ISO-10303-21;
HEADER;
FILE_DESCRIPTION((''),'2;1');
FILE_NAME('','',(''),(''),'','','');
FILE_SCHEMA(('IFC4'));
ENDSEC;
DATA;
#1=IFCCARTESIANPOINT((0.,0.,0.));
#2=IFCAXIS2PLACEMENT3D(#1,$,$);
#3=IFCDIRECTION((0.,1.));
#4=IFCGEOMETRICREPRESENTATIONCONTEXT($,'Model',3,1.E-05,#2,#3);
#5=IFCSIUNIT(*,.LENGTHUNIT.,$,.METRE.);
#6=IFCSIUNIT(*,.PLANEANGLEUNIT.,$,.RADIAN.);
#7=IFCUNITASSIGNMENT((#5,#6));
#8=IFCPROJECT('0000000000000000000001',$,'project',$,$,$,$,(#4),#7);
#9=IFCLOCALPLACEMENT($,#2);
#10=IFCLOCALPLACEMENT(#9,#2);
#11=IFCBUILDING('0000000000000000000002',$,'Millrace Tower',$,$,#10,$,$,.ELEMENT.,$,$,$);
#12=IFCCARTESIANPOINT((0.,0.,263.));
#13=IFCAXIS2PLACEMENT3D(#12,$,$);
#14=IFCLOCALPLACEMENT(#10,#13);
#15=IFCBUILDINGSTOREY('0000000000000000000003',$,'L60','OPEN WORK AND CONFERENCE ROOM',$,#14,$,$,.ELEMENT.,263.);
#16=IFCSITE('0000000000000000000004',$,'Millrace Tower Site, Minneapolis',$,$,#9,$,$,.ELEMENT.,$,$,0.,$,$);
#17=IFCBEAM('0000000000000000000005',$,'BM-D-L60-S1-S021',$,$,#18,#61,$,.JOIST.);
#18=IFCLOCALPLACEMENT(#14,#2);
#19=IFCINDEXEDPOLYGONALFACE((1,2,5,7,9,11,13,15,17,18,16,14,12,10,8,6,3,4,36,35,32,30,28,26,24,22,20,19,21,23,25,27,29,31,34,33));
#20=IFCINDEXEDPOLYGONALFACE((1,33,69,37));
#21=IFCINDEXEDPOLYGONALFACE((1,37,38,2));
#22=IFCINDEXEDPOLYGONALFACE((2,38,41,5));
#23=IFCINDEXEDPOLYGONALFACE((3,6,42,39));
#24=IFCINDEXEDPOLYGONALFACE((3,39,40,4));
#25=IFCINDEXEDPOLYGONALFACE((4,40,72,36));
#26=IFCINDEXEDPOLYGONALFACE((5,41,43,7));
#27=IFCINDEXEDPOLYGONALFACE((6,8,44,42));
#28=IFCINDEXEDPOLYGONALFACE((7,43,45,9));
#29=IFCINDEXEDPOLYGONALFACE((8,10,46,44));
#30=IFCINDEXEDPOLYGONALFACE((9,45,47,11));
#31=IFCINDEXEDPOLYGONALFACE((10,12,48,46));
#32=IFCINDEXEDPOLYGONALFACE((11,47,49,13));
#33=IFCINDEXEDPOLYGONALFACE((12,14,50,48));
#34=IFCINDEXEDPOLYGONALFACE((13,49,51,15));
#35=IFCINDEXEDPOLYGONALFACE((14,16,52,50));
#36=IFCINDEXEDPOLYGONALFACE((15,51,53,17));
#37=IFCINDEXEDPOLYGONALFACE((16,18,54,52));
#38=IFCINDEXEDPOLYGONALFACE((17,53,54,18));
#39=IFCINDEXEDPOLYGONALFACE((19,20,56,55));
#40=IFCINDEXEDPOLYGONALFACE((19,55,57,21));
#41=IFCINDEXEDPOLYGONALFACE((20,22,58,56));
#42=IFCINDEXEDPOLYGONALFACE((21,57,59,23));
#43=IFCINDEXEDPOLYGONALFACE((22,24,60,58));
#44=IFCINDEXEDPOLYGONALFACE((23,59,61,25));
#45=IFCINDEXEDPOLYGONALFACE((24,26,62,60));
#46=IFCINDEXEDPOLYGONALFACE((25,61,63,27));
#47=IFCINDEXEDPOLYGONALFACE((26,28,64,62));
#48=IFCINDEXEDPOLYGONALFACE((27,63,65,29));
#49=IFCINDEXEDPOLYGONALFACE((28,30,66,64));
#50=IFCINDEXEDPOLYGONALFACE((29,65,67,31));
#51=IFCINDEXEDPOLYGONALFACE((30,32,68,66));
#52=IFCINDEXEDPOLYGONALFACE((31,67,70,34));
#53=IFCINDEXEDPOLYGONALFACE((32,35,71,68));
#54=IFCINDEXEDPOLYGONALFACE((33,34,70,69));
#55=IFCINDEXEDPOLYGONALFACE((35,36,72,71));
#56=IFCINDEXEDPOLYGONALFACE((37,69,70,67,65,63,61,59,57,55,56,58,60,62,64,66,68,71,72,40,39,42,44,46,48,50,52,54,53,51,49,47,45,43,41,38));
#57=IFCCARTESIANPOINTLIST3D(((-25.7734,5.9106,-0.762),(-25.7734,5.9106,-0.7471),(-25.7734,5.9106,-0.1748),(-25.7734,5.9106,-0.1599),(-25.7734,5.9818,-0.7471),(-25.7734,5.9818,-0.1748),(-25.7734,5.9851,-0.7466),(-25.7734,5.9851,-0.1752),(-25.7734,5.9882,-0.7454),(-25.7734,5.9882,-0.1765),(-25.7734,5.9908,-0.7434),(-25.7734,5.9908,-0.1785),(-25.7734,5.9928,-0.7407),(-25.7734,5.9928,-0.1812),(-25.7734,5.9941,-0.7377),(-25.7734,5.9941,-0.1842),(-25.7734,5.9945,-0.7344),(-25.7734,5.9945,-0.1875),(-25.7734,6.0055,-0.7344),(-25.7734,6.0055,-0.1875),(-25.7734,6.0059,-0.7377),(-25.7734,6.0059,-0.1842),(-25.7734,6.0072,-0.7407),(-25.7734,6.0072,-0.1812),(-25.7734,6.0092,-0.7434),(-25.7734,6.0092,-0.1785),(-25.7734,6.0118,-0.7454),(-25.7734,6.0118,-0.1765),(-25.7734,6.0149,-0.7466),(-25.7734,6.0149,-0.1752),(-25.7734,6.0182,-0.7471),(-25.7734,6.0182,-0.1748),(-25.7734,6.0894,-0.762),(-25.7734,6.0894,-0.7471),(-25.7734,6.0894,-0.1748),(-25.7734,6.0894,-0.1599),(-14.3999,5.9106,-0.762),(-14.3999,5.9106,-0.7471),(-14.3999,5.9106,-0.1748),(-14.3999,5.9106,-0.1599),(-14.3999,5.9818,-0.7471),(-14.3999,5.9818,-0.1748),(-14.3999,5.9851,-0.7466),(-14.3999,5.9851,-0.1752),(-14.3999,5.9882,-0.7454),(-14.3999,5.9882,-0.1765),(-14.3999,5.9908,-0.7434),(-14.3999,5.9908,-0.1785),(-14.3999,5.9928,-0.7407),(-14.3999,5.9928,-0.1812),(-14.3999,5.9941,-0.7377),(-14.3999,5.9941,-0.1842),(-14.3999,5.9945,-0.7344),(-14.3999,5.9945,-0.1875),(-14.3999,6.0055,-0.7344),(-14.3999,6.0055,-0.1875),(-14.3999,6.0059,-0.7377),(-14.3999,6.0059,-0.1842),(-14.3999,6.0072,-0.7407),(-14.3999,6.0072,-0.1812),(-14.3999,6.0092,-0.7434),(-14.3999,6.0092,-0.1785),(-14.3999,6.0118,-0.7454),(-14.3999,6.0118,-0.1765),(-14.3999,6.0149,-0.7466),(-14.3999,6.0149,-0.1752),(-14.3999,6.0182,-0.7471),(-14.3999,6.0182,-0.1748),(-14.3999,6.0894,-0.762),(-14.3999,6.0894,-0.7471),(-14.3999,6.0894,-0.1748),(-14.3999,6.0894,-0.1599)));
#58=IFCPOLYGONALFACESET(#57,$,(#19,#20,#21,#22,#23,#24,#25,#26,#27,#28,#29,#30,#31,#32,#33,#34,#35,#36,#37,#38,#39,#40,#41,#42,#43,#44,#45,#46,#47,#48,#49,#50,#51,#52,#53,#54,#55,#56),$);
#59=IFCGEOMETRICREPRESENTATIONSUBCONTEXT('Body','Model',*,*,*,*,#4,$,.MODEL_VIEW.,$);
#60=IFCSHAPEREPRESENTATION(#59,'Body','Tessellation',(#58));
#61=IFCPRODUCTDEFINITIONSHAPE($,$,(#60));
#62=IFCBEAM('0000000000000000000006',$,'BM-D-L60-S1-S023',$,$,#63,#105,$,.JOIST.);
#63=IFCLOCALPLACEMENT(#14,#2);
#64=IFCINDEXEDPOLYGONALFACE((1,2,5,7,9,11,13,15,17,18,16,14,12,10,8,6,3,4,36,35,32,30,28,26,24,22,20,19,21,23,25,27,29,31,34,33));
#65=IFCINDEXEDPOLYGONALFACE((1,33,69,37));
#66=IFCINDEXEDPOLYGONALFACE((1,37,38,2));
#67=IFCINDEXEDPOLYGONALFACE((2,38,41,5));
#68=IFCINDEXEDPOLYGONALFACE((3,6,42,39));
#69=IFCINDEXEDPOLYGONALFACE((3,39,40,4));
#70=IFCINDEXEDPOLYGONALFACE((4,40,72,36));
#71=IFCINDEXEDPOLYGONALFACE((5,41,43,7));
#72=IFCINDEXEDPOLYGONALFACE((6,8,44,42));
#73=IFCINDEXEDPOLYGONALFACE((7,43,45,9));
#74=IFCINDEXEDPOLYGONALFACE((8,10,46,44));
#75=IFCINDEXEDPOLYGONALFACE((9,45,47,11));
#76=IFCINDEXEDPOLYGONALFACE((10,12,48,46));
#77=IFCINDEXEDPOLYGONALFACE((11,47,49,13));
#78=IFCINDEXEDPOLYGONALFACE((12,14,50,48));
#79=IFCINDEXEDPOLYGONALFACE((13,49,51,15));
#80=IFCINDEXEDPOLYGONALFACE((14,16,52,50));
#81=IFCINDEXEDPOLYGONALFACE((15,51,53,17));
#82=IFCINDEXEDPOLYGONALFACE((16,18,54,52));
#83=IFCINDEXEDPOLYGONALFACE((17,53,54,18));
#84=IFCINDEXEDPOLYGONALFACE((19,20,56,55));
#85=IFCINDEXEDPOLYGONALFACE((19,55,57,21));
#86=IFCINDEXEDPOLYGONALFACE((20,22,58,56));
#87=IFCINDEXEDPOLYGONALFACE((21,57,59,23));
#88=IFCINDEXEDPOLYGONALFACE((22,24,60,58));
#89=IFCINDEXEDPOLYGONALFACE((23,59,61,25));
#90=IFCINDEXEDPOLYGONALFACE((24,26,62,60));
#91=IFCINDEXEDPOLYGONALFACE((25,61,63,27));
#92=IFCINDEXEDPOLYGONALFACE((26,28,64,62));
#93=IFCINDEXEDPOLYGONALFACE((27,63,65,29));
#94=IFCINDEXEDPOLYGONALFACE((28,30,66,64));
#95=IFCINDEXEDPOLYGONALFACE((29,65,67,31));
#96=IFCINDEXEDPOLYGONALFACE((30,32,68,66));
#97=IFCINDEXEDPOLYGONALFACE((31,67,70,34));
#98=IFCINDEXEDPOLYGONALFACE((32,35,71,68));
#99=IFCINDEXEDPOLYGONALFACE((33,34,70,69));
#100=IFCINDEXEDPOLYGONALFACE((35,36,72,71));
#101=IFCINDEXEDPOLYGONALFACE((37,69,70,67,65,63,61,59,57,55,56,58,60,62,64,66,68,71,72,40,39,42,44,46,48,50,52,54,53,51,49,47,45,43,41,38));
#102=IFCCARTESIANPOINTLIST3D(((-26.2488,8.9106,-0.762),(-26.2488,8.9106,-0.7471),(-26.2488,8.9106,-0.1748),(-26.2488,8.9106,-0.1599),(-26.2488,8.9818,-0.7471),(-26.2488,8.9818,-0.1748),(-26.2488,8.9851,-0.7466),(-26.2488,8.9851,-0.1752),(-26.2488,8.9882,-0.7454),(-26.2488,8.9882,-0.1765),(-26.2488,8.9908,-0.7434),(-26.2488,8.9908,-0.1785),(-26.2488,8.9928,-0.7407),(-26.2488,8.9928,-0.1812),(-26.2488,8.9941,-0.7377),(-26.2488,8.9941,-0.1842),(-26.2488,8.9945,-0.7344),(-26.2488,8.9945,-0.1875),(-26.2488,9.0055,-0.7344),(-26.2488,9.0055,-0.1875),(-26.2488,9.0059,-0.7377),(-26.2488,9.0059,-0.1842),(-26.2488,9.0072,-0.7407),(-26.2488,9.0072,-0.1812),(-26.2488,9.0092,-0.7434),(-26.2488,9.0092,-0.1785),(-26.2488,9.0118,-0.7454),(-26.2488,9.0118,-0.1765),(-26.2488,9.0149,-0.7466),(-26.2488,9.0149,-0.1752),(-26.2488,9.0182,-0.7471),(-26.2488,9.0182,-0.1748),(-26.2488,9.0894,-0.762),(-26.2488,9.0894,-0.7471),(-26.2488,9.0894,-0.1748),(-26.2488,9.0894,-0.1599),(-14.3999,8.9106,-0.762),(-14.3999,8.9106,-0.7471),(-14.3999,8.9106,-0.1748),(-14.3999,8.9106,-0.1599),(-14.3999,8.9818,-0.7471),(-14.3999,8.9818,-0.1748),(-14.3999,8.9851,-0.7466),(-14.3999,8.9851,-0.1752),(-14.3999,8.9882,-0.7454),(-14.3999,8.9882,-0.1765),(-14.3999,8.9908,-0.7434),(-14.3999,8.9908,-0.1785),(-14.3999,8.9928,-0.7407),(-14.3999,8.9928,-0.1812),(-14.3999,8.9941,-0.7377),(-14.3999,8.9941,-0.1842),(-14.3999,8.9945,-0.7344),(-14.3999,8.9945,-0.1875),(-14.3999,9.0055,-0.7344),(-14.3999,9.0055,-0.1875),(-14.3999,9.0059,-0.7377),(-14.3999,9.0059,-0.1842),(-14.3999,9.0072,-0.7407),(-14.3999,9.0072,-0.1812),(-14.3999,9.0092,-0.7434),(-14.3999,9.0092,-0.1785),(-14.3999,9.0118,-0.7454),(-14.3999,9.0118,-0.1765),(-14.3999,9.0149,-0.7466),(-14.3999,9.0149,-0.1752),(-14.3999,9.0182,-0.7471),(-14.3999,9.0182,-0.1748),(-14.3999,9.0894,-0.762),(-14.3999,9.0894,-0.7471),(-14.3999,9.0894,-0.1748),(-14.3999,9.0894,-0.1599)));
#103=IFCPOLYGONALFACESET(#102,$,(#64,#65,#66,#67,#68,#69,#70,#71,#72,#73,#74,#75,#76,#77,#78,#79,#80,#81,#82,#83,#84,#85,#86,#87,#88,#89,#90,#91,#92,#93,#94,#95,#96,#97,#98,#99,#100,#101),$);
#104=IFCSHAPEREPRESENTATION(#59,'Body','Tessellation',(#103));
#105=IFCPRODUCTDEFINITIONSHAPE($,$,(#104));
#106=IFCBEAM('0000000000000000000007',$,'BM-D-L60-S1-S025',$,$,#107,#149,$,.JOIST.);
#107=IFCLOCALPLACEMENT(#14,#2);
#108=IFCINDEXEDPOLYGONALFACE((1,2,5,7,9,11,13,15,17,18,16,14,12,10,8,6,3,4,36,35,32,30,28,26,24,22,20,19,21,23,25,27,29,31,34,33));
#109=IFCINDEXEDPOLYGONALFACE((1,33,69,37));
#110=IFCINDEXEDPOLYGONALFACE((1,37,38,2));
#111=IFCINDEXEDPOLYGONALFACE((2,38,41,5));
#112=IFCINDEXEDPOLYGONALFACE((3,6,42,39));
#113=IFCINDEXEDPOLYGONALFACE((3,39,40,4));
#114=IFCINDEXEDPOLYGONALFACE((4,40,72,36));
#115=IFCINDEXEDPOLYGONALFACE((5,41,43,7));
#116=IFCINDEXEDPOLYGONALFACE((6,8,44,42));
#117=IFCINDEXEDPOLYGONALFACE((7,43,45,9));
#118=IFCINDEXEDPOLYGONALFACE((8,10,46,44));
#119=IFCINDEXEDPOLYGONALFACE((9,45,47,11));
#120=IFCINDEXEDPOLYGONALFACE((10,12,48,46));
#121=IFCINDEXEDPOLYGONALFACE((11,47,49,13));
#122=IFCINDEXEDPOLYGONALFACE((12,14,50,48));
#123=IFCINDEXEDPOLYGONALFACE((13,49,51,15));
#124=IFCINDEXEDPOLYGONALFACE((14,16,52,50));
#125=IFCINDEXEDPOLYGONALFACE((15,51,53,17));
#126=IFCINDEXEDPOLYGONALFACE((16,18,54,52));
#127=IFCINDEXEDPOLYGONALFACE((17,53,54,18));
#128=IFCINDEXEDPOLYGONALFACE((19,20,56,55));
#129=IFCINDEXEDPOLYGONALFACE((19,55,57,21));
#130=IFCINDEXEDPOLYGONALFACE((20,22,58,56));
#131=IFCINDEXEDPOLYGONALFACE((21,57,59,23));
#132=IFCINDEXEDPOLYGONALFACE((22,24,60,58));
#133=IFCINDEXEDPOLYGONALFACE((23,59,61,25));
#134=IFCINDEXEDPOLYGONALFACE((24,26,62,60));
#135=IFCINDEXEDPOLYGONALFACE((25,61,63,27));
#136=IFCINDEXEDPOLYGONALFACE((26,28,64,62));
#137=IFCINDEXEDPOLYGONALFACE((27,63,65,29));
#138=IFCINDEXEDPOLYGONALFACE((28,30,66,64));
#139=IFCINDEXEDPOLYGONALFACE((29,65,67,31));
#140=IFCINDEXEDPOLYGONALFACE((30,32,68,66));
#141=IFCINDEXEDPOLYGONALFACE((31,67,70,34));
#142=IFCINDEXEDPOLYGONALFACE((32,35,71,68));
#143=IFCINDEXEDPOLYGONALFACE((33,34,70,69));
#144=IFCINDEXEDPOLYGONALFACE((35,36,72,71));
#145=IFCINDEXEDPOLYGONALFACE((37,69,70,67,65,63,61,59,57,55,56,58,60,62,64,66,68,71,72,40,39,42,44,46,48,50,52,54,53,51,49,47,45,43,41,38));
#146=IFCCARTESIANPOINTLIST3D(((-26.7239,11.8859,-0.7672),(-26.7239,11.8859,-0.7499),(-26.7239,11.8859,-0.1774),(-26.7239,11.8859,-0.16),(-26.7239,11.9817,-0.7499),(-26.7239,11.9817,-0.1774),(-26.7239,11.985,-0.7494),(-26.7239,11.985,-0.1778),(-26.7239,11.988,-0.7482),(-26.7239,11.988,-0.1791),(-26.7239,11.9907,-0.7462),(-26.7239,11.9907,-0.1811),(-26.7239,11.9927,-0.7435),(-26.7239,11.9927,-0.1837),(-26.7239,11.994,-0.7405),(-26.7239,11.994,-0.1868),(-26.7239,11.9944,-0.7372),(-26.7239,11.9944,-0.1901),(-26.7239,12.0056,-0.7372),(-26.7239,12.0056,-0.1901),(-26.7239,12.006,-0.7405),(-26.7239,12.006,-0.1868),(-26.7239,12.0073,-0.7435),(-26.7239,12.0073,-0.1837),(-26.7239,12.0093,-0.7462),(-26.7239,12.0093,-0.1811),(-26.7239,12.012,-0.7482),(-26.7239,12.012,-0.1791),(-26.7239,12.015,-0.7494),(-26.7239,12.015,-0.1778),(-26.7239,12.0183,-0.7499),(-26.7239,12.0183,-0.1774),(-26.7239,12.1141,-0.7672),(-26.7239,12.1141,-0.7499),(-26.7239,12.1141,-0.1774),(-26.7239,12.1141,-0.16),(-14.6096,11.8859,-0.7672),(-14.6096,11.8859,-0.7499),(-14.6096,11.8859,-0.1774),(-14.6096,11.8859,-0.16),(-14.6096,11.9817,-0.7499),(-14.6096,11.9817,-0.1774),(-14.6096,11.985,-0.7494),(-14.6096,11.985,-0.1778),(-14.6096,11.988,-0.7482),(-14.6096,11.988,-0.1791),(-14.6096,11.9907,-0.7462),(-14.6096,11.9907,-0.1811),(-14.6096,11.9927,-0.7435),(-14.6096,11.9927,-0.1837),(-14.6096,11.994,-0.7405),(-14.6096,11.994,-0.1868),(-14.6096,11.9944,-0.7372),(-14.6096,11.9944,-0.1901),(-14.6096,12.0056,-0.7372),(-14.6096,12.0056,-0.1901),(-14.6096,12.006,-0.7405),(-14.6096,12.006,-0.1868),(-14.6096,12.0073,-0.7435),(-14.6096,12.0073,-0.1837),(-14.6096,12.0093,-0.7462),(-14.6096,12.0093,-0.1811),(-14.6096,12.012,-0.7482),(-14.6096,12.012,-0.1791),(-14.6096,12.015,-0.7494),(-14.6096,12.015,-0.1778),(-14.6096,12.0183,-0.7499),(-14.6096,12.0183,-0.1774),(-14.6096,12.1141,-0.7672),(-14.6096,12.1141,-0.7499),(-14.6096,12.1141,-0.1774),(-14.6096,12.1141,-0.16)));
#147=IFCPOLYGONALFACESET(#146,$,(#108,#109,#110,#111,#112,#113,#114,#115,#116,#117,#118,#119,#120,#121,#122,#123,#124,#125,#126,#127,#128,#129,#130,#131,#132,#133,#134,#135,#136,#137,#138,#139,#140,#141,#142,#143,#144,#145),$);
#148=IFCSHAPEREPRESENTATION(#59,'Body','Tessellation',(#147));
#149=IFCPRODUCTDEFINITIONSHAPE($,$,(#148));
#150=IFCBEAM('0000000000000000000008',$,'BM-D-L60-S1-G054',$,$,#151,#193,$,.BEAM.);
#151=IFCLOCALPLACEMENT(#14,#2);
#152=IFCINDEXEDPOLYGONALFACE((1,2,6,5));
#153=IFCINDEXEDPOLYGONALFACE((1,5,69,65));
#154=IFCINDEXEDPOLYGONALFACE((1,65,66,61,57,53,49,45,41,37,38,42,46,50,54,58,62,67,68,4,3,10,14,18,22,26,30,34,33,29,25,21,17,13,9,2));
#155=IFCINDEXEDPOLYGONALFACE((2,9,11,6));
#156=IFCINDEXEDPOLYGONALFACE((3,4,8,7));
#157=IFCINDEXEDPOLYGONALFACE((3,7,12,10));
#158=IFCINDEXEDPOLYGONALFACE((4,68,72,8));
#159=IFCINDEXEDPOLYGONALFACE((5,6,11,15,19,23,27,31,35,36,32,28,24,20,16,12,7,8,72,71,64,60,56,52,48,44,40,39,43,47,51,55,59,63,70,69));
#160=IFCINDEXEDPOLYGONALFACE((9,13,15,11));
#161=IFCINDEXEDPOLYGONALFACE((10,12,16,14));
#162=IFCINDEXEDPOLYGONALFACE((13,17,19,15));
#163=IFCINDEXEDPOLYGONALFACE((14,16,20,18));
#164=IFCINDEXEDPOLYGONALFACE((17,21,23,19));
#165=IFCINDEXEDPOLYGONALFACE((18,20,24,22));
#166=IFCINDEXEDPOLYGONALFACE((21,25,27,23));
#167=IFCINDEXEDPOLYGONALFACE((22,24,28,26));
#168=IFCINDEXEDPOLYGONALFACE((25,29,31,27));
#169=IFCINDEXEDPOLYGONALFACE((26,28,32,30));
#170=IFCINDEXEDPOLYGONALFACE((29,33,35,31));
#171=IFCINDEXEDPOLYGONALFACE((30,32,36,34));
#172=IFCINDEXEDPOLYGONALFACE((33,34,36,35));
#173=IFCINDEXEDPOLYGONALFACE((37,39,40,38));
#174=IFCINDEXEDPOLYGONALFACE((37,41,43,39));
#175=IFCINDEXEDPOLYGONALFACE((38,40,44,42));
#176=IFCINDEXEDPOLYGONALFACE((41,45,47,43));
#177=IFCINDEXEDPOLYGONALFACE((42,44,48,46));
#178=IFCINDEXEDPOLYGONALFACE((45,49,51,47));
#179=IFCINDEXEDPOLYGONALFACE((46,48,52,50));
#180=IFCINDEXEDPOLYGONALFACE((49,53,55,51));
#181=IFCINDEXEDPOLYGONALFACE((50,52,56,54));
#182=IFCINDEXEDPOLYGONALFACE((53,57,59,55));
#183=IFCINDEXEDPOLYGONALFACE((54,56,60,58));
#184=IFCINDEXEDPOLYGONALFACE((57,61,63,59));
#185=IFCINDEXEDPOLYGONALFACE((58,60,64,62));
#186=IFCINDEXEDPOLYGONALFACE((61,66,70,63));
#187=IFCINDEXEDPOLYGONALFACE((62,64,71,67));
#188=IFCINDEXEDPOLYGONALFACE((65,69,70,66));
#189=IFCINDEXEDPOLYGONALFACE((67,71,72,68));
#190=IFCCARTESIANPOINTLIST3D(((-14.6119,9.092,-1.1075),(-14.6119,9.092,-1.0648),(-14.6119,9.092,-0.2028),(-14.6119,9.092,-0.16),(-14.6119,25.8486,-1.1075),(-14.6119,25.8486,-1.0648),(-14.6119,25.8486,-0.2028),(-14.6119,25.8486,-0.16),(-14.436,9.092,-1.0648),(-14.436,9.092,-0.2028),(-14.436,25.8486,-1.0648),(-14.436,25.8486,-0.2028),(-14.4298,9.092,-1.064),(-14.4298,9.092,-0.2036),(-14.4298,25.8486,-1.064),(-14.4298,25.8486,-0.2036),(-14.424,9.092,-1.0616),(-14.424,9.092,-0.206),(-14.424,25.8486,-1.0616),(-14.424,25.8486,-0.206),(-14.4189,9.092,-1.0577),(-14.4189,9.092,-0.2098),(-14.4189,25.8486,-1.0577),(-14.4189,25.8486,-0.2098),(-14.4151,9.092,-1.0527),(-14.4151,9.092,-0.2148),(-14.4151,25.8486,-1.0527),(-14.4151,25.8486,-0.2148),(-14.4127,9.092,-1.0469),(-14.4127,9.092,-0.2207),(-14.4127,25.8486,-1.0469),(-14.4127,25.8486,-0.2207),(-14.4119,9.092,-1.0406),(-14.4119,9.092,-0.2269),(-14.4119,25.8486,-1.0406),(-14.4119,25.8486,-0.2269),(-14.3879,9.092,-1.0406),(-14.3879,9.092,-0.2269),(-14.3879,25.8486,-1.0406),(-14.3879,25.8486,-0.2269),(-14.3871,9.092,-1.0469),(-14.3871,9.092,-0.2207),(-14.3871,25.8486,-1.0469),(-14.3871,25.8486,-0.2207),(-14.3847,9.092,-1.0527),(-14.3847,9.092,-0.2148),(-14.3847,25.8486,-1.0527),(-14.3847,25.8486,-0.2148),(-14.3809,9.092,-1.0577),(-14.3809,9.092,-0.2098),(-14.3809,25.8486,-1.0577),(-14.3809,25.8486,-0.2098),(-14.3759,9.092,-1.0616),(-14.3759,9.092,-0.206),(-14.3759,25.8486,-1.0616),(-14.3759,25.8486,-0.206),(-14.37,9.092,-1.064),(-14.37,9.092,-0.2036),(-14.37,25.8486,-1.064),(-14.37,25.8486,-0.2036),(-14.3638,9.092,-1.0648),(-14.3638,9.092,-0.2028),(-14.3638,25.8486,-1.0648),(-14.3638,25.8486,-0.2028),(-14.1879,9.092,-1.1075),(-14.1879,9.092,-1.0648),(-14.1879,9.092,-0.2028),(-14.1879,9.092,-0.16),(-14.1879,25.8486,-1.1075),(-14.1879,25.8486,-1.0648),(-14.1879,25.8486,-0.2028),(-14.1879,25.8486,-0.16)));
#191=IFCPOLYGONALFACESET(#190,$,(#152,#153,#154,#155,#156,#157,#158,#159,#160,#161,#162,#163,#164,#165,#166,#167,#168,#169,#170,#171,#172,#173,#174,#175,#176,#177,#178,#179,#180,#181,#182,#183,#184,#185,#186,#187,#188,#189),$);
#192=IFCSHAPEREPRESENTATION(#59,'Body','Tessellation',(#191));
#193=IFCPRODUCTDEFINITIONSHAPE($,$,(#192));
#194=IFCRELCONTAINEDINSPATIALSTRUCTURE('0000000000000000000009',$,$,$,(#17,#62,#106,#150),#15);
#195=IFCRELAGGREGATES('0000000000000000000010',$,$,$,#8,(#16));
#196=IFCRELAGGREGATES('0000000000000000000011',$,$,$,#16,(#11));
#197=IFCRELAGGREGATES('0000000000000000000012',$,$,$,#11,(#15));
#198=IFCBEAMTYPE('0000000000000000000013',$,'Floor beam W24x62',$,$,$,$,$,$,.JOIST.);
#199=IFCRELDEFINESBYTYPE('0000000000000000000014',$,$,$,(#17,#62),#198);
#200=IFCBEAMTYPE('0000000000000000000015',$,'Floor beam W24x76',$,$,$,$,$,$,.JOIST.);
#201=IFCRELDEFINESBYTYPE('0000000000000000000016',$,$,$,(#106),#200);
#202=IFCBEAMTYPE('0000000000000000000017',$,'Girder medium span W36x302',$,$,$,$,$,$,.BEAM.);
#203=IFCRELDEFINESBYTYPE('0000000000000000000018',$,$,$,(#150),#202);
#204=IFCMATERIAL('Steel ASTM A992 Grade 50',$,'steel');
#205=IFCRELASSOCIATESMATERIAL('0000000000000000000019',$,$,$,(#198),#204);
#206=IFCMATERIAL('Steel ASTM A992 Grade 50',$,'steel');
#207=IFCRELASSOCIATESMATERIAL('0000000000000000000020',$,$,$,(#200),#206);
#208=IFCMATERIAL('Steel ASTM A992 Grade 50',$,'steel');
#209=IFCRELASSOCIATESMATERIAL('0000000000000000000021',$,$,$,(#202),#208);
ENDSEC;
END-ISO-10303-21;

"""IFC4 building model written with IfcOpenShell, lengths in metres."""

from ifc_helpers import new_model, si_unit, direction, frame, origin, origin_2d, place, context, subcontext, project, spatial, i_section, extrude, material, material_profile, profile_set, type_object, element, save


model = new_model("IFC4")

# Units and contexts
model_context = context("Model", 3, precision=1e-05, world=origin(), true_north=direction((0.0, 1.0)))
body_context = subcontext(model_context, "Body", "Model", "MODEL_VIEW")
ifc_project = project(units=[si_unit("LENGTHUNIT", "METRE"), si_unit("PLANEANGLEUNIT", "RADIAN")], contexts=[model_context])

# Site, building, storey
site_placement = place(None, origin())
site = spatial("IfcSite", under=ifc_project, at=site_placement, Name="Millrace Tower Site, Minneapolis", CompositionType="ELEMENT", RefElevation=0.0)
building_placement = place(site_placement, origin())
building = spatial("IfcBuilding", under=site, at=building_placement, Name="Millrace Tower", CompositionType="ELEMENT")
storey_placement = place(building_placement, frame((0.0, 0.0, 263.0)))
storey = spatial("IfcBuildingStorey", under=building, at=storey_placement, Name="L60", Description="OPEN WORK AND CONFERENCE ROOM", CompositionType="ELEMENT", Elevation=263.0)

# Beams
ifc_material_1 = material(Name="Steel ASTM A992 Grade 50", Category="steel")
ifc_material_profile_1 = material_profile(ifc_material_1, i_section(OverallWidth=0.1787, OverallDepth=0.6021, WebThickness=0.011, FlangeThickness=0.0149, FilletRadius=0.0127, at=origin_2d()))
ifc_profile_set_1 = profile_set([ifc_material_profile_1], Name="Steel ASTM A992 Grade 50")
beam_type_1 = type_object("IfcBeamType", Name="Floor beam W24x62", PredefinedType="JOIST", material=ifc_profile_set_1)
beam_1_placement = place(storey_placement, frame((-25.7734, 6.0, -0.4609), z_axis=(1.0, 0.0, 0.0), x_axis=(0.0, 1.0, 0.0)))
element("IfcBeam", 1, at=beam_1_placement, inside=storey, type_object=beam_type_1, Name="BM-D-L60-S1-S021", PredefinedType="JOIST", context=body_context, shape_type="SweptSolid", body=[
    extrude(i_section(OverallWidth=0.1787, OverallDepth=0.6021, WebThickness=0.011, FlangeThickness=0.0149, FilletRadius=0.0127, at=origin_2d()), origin(), (0.0, 0.0, 1.0), 11.3735),
])
beam_2_placement = place(storey_placement, frame((-26.2488, 9.0, -0.4609), z_axis=(1.0, 0.0, 0.0), x_axis=(0.0, 1.0, 0.0)))
element("IfcBeam", 2, at=beam_2_placement, inside=storey, type_object=beam_type_1, Name="BM-D-L60-S1-S023", PredefinedType="JOIST", context=body_context, shape_type="SweptSolid", body=[
    extrude(i_section(OverallWidth=0.1787, OverallDepth=0.6021, WebThickness=0.011, FlangeThickness=0.0149, FilletRadius=0.0127, at=origin_2d()), origin(), (0.0, 0.0, 1.0), 11.8489),
])
ifc_material_2 = material(Name="Steel ASTM A992 Grade 50", Category="steel")
ifc_material_profile_2 = material_profile(ifc_material_2, i_section(OverallWidth=0.2283, OverallDepth=0.6072, WebThickness=0.0112, FlangeThickness=0.0173, FilletRadius=0.0127, at=origin_2d()))
ifc_profile_set_2 = profile_set([ifc_material_profile_2], Name="Steel ASTM A992 Grade 50")
beam_type_2 = type_object("IfcBeamType", Name="Floor beam W24x76", PredefinedType="JOIST", material=ifc_profile_set_2)
beam_3_placement = place(storey_placement, frame((-26.7239, 12.0, -0.4636), z_axis=(1.0, 0.0, 0.0), x_axis=(0.0, 1.0, 0.0)))
element("IfcBeam", 3, at=beam_3_placement, inside=storey, type_object=beam_type_2, Name="BM-D-L60-S1-S025", PredefinedType="JOIST", context=body_context, shape_type="SweptSolid", body=[
    extrude(i_section(OverallWidth=0.2283, OverallDepth=0.6072, WebThickness=0.0112, FlangeThickness=0.0173, FilletRadius=0.0127, at=origin_2d()), origin(), (0.0, 0.0, 1.0), 12.1143),
])
ifc_material_3 = material(Name="Steel ASTM A992 Grade 50", Category="steel")
ifc_material_profile_3 = material_profile(ifc_material_3, i_section(OverallWidth=0.4241, OverallDepth=0.9475, WebThickness=0.0239, FlangeThickness=0.0427, FilletRadius=0.0242, at=origin_2d()))
ifc_profile_set_3 = profile_set([ifc_material_profile_3], Name="Steel ASTM A992 Grade 50")
beam_type_3 = type_object("IfcBeamType", Name="Girder medium span W36x302", PredefinedType="BEAM", material=ifc_profile_set_3)
beam_4_placement = place(storey_placement, frame((-14.3999, 9.092, -0.6338), z_axis=(0.0, 1.0, 0.0), x_axis=(-1.0, 0.0, 0.0)))
element("IfcBeam", 4, at=beam_4_placement, inside=storey, type_object=beam_type_3, Name="BM-D-L60-S1-G054", PredefinedType="BEAM", context=body_context, shape_type="SweptSolid", body=[
    extrude(i_section(OverallWidth=0.4241, OverallDepth=0.9475, WebThickness=0.0239, FlangeThickness=0.0427, FilletRadius=0.0242, at=origin_2d()), origin(), (0.0, 0.0, 1.0), 16.7566),
])

save(model, "model.ifc")
